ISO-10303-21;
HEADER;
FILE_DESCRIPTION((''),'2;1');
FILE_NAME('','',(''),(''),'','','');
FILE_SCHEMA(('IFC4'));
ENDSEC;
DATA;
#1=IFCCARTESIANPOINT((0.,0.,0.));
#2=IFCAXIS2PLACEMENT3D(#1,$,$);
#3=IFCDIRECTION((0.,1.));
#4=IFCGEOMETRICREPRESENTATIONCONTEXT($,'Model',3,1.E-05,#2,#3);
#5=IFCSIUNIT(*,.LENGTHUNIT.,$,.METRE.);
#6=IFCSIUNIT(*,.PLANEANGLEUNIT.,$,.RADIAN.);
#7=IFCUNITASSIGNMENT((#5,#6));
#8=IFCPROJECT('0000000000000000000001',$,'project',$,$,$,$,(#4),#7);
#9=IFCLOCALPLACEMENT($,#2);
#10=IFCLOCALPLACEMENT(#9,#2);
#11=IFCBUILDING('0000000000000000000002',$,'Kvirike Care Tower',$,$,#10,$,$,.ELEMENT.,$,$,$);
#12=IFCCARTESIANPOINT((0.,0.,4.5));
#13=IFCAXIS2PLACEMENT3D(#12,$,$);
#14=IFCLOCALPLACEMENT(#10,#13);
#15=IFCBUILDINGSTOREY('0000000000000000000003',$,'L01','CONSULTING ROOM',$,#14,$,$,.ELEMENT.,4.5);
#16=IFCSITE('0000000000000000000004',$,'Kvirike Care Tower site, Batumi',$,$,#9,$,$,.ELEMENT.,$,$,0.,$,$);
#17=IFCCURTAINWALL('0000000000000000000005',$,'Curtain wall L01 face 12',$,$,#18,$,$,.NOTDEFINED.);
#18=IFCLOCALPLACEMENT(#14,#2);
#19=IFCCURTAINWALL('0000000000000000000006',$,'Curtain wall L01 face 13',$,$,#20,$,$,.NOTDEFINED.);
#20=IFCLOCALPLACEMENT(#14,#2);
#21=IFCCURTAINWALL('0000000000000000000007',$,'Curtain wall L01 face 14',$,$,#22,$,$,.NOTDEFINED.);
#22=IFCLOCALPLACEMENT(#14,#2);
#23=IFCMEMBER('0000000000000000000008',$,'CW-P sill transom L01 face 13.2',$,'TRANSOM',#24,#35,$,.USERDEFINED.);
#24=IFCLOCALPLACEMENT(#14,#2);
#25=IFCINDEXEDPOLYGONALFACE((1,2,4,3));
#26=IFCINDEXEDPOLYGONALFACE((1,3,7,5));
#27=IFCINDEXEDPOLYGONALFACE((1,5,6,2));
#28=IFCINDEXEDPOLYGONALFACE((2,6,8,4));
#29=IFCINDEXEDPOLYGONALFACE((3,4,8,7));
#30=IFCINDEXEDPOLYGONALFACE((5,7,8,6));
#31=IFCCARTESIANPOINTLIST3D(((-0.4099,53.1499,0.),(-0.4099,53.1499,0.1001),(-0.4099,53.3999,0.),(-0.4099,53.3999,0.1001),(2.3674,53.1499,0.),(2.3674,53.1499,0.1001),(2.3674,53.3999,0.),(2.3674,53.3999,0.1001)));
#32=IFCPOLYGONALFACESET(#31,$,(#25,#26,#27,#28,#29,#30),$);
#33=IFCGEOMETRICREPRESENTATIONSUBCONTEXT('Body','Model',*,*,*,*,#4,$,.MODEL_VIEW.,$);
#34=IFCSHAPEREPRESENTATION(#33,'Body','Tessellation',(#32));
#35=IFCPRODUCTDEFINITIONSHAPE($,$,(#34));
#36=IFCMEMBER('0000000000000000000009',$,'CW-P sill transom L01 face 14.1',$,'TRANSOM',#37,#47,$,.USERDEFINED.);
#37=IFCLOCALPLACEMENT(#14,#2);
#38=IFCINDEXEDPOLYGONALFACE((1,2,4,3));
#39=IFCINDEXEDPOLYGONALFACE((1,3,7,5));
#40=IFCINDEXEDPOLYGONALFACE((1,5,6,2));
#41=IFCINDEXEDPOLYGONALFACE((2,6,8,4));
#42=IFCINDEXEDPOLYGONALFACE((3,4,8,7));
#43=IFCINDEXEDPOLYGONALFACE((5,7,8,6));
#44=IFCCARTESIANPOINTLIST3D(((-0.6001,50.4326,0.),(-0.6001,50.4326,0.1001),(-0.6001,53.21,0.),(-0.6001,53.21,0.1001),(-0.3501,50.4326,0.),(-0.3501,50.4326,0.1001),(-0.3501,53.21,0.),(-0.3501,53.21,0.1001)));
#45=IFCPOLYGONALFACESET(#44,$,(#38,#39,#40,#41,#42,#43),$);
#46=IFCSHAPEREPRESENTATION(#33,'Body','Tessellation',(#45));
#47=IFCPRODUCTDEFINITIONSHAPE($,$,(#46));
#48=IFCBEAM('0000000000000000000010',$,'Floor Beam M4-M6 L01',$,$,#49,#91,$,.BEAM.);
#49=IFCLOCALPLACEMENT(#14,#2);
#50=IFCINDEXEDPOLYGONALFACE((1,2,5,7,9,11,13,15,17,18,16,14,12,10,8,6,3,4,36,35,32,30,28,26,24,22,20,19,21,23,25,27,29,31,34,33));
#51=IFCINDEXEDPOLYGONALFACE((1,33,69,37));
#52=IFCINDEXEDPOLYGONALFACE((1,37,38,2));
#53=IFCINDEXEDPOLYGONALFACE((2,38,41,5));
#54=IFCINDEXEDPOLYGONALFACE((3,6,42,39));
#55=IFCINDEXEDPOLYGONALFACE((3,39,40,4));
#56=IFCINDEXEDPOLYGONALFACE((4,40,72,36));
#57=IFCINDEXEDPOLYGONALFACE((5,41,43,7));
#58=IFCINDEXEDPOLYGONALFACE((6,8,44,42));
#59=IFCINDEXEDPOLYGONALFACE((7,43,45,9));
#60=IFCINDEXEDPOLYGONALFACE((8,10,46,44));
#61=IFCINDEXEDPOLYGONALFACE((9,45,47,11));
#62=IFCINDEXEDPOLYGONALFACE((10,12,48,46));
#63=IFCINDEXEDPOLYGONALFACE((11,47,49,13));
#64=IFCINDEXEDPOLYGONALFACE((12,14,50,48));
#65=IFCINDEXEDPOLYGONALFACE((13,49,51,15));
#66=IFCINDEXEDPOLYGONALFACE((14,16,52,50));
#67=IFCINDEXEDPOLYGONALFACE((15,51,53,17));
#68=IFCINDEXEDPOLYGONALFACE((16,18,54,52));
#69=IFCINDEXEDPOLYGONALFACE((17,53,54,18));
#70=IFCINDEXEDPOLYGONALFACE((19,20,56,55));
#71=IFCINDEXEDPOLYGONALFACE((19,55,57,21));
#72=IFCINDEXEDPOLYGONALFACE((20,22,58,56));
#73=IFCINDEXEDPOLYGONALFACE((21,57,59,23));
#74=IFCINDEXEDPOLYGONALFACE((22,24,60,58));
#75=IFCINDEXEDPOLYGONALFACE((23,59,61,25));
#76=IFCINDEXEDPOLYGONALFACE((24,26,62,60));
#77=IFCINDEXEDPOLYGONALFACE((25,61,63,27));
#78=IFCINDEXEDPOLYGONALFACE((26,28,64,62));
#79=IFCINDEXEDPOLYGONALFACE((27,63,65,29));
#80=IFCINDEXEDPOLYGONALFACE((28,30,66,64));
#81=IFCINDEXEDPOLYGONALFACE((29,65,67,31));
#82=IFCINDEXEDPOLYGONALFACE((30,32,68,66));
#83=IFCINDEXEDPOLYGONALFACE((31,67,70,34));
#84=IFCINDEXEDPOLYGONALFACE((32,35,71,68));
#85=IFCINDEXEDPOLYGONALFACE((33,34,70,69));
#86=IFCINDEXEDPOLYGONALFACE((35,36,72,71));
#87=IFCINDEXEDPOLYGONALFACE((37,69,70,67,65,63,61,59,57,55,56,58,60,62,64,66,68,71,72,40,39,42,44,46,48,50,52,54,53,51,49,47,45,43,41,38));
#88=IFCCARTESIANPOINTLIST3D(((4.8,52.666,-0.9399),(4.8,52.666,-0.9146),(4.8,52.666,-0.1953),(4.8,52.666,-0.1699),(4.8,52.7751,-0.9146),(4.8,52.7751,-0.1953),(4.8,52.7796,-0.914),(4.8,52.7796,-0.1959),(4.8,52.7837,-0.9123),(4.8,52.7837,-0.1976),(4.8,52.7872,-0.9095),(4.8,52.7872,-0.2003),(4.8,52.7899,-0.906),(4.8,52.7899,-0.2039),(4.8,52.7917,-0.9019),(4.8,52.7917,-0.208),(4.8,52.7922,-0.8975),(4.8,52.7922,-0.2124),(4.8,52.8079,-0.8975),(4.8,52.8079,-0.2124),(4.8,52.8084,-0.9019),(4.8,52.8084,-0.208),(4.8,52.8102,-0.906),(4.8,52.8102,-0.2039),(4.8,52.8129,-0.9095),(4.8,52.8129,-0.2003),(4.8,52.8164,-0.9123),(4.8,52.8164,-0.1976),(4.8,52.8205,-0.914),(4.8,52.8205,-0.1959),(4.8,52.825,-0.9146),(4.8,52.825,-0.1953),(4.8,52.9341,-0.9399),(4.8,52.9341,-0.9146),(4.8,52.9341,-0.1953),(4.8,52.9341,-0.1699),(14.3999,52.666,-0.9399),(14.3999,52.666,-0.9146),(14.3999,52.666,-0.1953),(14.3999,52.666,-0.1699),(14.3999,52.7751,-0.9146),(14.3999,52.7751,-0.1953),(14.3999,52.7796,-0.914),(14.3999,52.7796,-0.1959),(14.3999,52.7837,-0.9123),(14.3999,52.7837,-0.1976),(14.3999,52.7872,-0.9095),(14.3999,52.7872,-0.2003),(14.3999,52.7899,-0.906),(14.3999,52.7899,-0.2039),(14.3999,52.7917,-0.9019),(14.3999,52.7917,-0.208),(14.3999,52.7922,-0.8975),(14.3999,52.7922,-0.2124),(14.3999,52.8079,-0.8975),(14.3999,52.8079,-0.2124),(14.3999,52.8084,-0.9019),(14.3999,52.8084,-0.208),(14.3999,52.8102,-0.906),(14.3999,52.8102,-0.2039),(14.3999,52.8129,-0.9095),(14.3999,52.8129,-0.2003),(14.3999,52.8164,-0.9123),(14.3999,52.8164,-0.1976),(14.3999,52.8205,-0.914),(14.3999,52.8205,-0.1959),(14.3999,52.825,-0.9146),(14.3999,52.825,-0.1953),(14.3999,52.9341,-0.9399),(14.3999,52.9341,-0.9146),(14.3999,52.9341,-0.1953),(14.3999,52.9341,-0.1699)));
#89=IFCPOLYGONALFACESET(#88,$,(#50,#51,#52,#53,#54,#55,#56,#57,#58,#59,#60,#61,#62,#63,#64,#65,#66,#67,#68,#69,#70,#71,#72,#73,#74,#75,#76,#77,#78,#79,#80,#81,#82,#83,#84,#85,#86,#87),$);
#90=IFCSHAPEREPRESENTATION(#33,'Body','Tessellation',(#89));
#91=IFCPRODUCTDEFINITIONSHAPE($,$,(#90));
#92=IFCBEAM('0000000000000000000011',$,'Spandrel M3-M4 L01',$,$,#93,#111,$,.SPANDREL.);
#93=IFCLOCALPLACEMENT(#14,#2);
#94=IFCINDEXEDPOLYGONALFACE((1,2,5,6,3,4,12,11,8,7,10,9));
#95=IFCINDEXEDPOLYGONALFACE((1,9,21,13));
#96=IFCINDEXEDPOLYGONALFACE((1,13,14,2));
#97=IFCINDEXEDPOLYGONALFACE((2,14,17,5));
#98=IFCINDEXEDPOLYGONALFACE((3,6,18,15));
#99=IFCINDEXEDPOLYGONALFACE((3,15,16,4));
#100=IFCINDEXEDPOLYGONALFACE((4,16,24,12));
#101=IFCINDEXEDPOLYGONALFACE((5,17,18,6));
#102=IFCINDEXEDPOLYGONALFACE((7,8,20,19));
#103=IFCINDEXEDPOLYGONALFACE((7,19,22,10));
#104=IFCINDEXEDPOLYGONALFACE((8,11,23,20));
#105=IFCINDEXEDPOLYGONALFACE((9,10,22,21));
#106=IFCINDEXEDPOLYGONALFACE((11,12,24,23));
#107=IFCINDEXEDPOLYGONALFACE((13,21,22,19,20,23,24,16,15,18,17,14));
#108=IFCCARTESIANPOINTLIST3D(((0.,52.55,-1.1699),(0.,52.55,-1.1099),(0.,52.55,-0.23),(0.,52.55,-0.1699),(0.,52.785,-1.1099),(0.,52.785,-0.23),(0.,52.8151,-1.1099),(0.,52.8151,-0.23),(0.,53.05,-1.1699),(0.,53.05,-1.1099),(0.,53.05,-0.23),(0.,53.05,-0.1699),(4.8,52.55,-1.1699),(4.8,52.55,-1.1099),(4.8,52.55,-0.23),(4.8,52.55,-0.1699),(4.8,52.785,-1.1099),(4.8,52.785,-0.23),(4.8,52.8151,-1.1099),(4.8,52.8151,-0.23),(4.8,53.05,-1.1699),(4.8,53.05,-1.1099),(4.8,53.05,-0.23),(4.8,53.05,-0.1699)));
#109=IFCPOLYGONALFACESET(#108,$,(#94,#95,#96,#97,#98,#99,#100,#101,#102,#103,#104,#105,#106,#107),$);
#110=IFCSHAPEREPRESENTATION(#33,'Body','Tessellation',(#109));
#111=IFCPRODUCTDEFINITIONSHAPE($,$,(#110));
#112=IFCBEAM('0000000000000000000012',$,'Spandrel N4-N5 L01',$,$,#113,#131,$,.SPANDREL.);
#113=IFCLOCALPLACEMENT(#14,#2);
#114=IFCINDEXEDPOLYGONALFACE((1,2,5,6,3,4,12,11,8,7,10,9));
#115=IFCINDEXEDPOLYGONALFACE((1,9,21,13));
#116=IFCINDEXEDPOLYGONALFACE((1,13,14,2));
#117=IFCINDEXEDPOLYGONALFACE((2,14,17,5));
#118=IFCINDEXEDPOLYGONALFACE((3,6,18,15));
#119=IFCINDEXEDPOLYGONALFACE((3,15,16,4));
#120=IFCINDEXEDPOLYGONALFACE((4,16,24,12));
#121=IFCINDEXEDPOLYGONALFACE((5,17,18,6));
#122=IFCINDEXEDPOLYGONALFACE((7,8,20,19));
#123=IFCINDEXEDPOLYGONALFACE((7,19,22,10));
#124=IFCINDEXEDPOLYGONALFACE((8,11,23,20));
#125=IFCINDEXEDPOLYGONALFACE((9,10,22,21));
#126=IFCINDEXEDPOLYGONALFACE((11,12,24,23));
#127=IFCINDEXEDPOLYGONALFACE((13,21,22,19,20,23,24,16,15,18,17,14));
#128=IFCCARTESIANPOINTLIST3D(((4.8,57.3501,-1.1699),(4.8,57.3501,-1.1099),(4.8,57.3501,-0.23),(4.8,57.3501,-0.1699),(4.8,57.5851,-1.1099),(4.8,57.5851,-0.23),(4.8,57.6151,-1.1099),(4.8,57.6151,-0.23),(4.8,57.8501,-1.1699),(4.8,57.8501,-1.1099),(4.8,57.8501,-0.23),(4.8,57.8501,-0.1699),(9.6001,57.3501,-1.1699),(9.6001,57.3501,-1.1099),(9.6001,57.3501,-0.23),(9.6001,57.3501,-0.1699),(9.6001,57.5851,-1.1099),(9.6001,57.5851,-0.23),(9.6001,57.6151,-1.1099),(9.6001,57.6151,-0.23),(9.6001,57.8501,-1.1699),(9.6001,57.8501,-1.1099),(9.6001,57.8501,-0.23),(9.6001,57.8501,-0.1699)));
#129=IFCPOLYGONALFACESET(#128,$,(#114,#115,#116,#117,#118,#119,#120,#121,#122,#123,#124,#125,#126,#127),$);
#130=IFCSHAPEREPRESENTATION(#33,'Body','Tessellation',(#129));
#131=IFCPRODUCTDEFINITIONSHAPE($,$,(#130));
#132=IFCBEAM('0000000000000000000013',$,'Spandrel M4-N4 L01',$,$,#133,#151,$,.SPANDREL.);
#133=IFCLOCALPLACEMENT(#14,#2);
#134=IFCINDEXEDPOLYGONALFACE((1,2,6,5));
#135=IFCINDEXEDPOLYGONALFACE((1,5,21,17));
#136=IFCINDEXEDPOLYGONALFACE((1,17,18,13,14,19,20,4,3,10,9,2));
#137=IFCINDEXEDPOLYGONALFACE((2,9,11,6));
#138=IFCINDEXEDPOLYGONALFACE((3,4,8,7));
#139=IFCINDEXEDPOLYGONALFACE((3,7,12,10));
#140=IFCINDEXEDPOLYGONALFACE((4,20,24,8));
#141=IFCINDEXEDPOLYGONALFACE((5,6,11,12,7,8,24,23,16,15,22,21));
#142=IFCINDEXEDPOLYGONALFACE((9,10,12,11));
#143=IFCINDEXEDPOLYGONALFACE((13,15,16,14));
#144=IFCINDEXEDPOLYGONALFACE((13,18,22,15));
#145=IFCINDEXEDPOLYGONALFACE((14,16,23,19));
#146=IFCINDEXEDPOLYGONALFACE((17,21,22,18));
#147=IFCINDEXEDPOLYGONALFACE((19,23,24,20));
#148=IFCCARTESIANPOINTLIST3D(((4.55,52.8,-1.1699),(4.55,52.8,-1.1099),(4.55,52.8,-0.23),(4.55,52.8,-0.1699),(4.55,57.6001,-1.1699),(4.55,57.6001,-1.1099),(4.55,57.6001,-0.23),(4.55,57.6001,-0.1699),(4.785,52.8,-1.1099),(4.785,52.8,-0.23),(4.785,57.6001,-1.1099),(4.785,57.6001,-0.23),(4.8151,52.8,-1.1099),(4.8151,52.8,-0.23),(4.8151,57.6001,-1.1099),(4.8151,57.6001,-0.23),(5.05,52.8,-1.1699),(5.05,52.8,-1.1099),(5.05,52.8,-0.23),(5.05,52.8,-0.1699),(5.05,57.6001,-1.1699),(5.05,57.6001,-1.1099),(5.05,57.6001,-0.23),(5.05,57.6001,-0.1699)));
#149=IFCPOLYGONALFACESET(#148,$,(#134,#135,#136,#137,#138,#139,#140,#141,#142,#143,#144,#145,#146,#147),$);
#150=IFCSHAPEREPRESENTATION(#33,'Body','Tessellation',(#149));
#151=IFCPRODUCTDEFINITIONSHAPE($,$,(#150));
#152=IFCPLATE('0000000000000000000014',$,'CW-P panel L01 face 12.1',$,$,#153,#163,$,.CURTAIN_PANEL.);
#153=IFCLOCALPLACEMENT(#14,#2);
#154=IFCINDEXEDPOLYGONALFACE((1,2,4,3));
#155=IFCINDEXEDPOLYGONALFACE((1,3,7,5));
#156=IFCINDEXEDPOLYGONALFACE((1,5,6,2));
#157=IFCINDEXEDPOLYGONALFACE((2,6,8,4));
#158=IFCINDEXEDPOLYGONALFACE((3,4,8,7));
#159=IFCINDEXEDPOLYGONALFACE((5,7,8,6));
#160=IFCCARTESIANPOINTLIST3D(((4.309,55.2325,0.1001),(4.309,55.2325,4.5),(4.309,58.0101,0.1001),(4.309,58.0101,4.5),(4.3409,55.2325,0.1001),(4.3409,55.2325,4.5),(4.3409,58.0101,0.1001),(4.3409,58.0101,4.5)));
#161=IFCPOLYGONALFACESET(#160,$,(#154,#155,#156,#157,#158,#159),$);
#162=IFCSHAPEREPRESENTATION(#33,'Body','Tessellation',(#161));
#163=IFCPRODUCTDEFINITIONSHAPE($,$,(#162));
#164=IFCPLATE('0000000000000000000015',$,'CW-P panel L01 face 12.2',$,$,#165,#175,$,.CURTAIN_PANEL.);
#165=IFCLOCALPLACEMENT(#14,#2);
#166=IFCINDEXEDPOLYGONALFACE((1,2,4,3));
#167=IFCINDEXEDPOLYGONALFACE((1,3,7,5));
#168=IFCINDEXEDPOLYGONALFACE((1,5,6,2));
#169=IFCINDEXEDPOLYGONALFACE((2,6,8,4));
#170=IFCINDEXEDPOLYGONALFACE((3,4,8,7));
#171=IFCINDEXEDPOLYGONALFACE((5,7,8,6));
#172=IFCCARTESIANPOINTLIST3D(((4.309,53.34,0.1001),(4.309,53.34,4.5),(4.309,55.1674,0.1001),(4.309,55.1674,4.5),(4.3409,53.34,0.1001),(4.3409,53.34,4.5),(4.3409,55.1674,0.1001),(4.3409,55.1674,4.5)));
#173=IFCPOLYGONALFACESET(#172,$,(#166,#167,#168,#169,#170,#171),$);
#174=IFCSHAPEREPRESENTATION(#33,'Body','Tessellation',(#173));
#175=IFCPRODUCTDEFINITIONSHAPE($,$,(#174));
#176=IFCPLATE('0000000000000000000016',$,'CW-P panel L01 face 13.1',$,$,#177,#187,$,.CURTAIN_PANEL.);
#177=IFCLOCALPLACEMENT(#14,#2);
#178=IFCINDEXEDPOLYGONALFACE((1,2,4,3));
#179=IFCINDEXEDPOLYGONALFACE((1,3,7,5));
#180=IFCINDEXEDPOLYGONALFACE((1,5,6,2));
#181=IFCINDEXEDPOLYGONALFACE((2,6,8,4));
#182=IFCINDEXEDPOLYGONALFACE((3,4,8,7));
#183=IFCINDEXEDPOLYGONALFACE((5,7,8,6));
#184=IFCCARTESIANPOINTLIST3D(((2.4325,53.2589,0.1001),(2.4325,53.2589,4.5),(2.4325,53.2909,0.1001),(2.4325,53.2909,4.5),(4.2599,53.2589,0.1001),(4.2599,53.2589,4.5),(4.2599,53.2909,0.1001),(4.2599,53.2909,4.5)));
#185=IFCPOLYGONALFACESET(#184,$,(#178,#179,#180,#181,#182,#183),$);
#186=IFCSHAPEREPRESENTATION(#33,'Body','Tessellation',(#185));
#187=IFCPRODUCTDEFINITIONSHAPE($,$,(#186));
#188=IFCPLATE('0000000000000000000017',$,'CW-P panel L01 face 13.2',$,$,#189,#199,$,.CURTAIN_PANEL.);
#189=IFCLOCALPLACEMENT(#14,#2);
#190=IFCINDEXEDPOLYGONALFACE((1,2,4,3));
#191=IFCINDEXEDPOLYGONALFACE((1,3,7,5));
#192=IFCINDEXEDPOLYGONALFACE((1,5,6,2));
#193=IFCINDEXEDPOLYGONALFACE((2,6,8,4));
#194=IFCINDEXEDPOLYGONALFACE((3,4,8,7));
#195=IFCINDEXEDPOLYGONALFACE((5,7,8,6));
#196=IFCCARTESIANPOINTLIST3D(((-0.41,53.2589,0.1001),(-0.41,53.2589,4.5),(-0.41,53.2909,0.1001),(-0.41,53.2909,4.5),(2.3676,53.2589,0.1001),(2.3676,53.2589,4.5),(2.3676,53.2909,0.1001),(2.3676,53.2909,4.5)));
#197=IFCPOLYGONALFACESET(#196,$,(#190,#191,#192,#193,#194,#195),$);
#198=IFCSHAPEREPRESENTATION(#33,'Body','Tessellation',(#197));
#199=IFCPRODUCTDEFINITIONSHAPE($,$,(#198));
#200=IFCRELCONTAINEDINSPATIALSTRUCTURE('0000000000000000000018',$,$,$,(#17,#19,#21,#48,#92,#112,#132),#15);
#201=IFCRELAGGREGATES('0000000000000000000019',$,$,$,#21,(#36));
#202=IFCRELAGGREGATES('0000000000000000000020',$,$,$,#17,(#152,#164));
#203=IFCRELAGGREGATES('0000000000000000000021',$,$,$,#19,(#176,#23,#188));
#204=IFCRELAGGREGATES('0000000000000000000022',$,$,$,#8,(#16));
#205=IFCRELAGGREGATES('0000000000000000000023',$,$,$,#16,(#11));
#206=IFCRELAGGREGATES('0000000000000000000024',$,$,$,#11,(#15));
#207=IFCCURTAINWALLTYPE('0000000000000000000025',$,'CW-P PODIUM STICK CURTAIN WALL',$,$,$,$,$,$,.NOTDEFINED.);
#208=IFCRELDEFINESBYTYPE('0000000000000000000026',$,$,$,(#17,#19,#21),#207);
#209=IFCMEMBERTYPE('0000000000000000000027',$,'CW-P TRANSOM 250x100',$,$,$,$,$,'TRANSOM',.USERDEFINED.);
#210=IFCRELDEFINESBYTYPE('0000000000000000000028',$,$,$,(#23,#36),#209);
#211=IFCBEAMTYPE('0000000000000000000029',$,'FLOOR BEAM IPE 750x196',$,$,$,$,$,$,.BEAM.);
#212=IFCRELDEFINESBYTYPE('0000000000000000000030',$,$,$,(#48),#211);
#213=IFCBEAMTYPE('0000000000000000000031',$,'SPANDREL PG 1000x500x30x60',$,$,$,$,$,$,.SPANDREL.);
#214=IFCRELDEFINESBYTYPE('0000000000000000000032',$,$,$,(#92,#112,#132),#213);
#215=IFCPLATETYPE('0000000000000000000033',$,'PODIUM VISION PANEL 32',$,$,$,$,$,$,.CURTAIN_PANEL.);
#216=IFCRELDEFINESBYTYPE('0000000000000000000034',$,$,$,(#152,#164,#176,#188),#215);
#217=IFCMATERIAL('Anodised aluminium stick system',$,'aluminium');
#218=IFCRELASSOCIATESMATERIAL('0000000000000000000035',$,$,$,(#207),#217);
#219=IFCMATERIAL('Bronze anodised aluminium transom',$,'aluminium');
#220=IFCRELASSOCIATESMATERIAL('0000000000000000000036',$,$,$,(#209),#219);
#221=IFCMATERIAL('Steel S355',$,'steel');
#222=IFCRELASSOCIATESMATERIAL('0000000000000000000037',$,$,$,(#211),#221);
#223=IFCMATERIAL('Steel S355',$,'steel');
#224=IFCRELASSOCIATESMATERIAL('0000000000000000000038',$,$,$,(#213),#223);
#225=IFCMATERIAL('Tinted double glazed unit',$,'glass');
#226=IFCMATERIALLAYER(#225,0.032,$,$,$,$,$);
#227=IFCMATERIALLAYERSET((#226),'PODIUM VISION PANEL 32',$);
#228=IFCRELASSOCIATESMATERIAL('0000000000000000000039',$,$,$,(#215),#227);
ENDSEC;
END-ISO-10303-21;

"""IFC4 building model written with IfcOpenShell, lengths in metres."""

from ifc_helpers import new_model, si_unit, direction, frame, origin, origin_2d, place, context, subcontext, project, spatial, rectangle, i_section, extrude, material, layer, layer_set, material_profile, profile_set, type_object, element, aggregate, save


model = new_model("IFC4")

# Units and contexts
model_context = context("Model", 3, precision=1e-05, world=origin(), true_north=direction((0.0, 1.0)))
body_context = subcontext(model_context, "Body", "Model", "MODEL_VIEW")
ifc_project = project(units=[si_unit("LENGTHUNIT", "METRE"), si_unit("PLANEANGLEUNIT", "RADIAN")], contexts=[model_context])

# Site, building, storey
site_placement = place(None, origin())
site = spatial("IfcSite", under=ifc_project, at=site_placement, Name="Kvirike Care Tower site, Batumi", CompositionType="ELEMENT", RefElevation=0.0)
building_placement = place(site_placement, origin())
building = spatial("IfcBuilding", under=site, at=building_placement, Name="Kvirike Care Tower", CompositionType="ELEMENT")
storey_placement = place(building_placement, frame((0.0, 0.0, 4.5)))
storey = spatial("IfcBuildingStorey", under=building, at=storey_placement, Name="L01", Description="CONSULTING ROOM", CompositionType="ELEMENT", Elevation=4.5)

# Shared definitions
ifc_material_1 = material(Name="Anodised aluminium stick system", Category="aluminium")
curtain_wall_type = type_object("IfcCurtainWallType", Name="CW-P PODIUM STICK CURTAIN WALL", PredefinedType="NOTDEFINED", material=ifc_material_1)

# Curtain walls
curtain_wall_1_placement = place(storey_placement, origin())
curtain_wall_1 = element("IfcCurtainWall", 1, at=curtain_wall_1_placement, inside=storey, type_object=curtain_wall_type, Name="Curtain wall L01 face 12", PredefinedType="NOTDEFINED")
curtain_wall_2_placement = place(storey_placement, origin())
curtain_wall_2 = element("IfcCurtainWall", 2, at=curtain_wall_2_placement, inside=storey, type_object=curtain_wall_type, Name="Curtain wall L01 face 13", PredefinedType="NOTDEFINED")

# Curtain wall
curtain_wall_3_placement = place(storey_placement, origin())
curtain_wall_3 = element("IfcCurtainWall", 3, at=curtain_wall_3_placement, inside=storey, type_object=curtain_wall_type, Name="Curtain wall L01 face 14", PredefinedType="NOTDEFINED")

# Members
ifc_material_2 = material(Name="Bronze anodised aluminium transom", Category="aluminium")
ifc_material_profile_1 = material_profile(ifc_material_2, rectangle(XDim=0.25, YDim=0.1001, at=origin_2d()), Name="CW-P TRANSOM 250x100")
ifc_profile_set_1 = profile_set([ifc_material_profile_1], Name="Bronze anodised aluminium transom")
member_type_1 = type_object("IfcMemberType", Name="CW-P TRANSOM 250x100", ElementType="TRANSOM", PredefinedType="USERDEFINED", material=ifc_profile_set_1)
member_1_placement = place(storey_placement, frame((2.3674, 53.2749, 0.05), z_axis=(-1.0, 0.0, 0.0), x_axis=(0.0, -1.0, 0.0)))
member_1 = element("IfcMember", 4, at=member_1_placement, type_object=member_type_1, Name="CW-P sill transom L01 face 13.2", ObjectType="TRANSOM", PredefinedType="USERDEFINED", context=body_context, shape_type="SweptSolid", body=[
    extrude(rectangle(XDim=0.25, YDim=0.1001, at=origin_2d()), origin(), (0.0, 0.0, 1.0), 2.7773),
])
member_2_placement = place(storey_placement, frame((-0.4751, 53.21, 0.05), z_axis=(0.0, -1.0, 0.0), x_axis=(1.0, 0.0, 0.0)))
member_2 = element("IfcMember", 5, at=member_2_placement, type_object=member_type_1, Name="CW-P sill transom L01 face 14.1", ObjectType="TRANSOM", PredefinedType="USERDEFINED", context=body_context, shape_type="SweptSolid", body=[
    extrude(rectangle(XDim=0.25, YDim=0.1001, at=origin_2d()), origin(), (0.0, 0.0, 1.0), 2.7773),
])
aggregate(curtain_wall_3, [member_2])

# Beams
ifc_material_3 = material(Name="Steel S355", Category="steel")
ifc_material_profile_2 = material_profile(ifc_material_3, i_section(OverallWidth=0.2681, OverallDepth=0.77, WebThickness=0.0156, FlangeThickness=0.0254, FilletRadius=0.0171, at=origin_2d()), Name="IPE 750x196")
ifc_profile_set_2 = profile_set([ifc_material_profile_2], Name="Steel S355")
beam_type_1 = type_object("IfcBeamType", Name="FLOOR BEAM IPE 750x196", PredefinedType="BEAM", material=ifc_profile_set_2)
beam_placement = place(storey_placement, frame((4.8, 52.8, -0.5549), z_axis=(1.0, 0.0, 0.0), x_axis=(0.0, 1.0, 0.0)))
element("IfcBeam", 6, at=beam_placement, inside=storey, type_object=beam_type_1, Name="Floor Beam M4-M6 L01", PredefinedType="BEAM", context=body_context, shape_type="SweptSolid", body=[
    extrude(i_section(OverallWidth=0.2681, OverallDepth=0.77, WebThickness=0.0156, FlangeThickness=0.0254, FilletRadius=0.0171, at=origin_2d()), origin(), (0.0, 0.0, 1.0), 9.5999),
])
ifc_material_4 = material(Name="Steel S355", Category="steel")
ifc_material_profile_3 = material_profile(ifc_material_4, i_section(OverallWidth=0.5, OverallDepth=1.0, WebThickness=0.03, FlangeThickness=0.0601, at=origin_2d()), Name="PG 1000x500x30x60")
ifc_profile_set_3 = profile_set([ifc_material_profile_3], Name="Steel S355")
beam_type_2 = type_object("IfcBeamType", Name="SPANDREL PG 1000x500x30x60", PredefinedType="SPANDREL", material=ifc_profile_set_3)
for number, where, z_axis, x_axis, name in (
    (7, (0.0, 52.8, -0.6699), (1.0, 0.0, 0.0), (0.0, 1.0, 0.0), "Spandrel M3-M4 L01"),
    (8, (4.8, 57.6001, -0.6699), (1.0, 0.0, 0.0), (0.0, 1.0, 0.0), "Spandrel N4-N5 L01"),
    (9, (4.8, 52.8, -0.6699), (0.0, 1.0, 0.0), (-1.0, 0.0, 0.0), "Spandrel M4-N4 L01"),
):
    element("IfcBeam", number, at=place(storey_placement, frame(where, z_axis=z_axis, x_axis=x_axis)), inside=storey, type_object=beam_type_2, Name=name, PredefinedType="SPANDREL", context=body_context, shape_type="SweptSolid", body=[
        extrude(i_section(OverallWidth=0.5, OverallDepth=1.0, WebThickness=0.03, FlangeThickness=0.0601, at=origin_2d()), origin(), (0.0, 0.0, 1.0), 4.8),
    ])

# Plates
ifc_material_5 = material(Name="Tinted double glazed unit", Category="glass")
ifc_layer_1 = layer(ifc_material_5, 0.032)
ifc_layer_set_1 = layer_set([ifc_layer_1], Name="PODIUM VISION PANEL 32")
plate_type = type_object("IfcPlateType", Name="PODIUM VISION PANEL 32", PredefinedType="CURTAIN_PANEL", material=ifc_layer_set_1)
plate_1_placement = place(storey_placement, frame((4.325, 56.6213, 0.1001), z_axis=(0.0, 0.0, 1.0), x_axis=(0.0, -1.0, 0.0)))
plate_1 = element("IfcPlate", 10, at=plate_1_placement, type_object=plate_type, Name="CW-P panel L01 face 12.1", PredefinedType="CURTAIN_PANEL", context=body_context, shape_type="SweptSolid", body=[
    extrude(rectangle(XDim=2.7776, YDim=0.032, at=origin_2d()), origin(), (0.0, 0.0, 1.0), 4.3999),
])
plate_2_placement = place(storey_placement, frame((4.325, 54.2537, 0.1001), z_axis=(0.0, 0.0, 1.0), x_axis=(0.0, -1.0, 0.0)))
plate_2 = element("IfcPlate", 11, at=plate_2_placement, type_object=plate_type, Name="CW-P panel L01 face 12.2", PredefinedType="CURTAIN_PANEL", context=body_context, shape_type="SweptSolid", body=[
    extrude(rectangle(XDim=1.8274, YDim=0.032, at=origin_2d()), origin(), (0.0, 0.0, 1.0), 4.3999),
])
aggregate(curtain_wall_1, [plate_1, plate_2])
plate_3_placement = place(storey_placement, frame((3.3462, 53.2749, 0.1001), z_axis=(0.0, 0.0, 1.0), x_axis=(-1.0, 0.0, 0.0)))
plate_3 = element("IfcPlate", 12, at=plate_3_placement, type_object=plate_type, Name="CW-P panel L01 face 13.1", PredefinedType="CURTAIN_PANEL", context=body_context, shape_type="SweptSolid", body=[
    extrude(rectangle(XDim=1.8274, YDim=0.032, at=origin_2d()), origin(), (0.0, 0.0, 1.0), 4.3999),
])
plate_4_placement = place(storey_placement, frame((0.9788, 53.2749, 0.1001), z_axis=(0.0, 0.0, 1.0), x_axis=(-1.0, 0.0, 0.0)))
plate_4 = element("IfcPlate", 13, at=plate_4_placement, type_object=plate_type, Name="CW-P panel L01 face 13.2", PredefinedType="CURTAIN_PANEL", context=body_context, shape_type="SweptSolid", body=[
    extrude(rectangle(XDim=2.7776, YDim=0.032, at=origin_2d()), origin(), (0.0, 0.0, 1.0), 4.3999),
])
aggregate(curtain_wall_2, [plate_3, member_1, plate_4])

save(model, "model.ifc")
